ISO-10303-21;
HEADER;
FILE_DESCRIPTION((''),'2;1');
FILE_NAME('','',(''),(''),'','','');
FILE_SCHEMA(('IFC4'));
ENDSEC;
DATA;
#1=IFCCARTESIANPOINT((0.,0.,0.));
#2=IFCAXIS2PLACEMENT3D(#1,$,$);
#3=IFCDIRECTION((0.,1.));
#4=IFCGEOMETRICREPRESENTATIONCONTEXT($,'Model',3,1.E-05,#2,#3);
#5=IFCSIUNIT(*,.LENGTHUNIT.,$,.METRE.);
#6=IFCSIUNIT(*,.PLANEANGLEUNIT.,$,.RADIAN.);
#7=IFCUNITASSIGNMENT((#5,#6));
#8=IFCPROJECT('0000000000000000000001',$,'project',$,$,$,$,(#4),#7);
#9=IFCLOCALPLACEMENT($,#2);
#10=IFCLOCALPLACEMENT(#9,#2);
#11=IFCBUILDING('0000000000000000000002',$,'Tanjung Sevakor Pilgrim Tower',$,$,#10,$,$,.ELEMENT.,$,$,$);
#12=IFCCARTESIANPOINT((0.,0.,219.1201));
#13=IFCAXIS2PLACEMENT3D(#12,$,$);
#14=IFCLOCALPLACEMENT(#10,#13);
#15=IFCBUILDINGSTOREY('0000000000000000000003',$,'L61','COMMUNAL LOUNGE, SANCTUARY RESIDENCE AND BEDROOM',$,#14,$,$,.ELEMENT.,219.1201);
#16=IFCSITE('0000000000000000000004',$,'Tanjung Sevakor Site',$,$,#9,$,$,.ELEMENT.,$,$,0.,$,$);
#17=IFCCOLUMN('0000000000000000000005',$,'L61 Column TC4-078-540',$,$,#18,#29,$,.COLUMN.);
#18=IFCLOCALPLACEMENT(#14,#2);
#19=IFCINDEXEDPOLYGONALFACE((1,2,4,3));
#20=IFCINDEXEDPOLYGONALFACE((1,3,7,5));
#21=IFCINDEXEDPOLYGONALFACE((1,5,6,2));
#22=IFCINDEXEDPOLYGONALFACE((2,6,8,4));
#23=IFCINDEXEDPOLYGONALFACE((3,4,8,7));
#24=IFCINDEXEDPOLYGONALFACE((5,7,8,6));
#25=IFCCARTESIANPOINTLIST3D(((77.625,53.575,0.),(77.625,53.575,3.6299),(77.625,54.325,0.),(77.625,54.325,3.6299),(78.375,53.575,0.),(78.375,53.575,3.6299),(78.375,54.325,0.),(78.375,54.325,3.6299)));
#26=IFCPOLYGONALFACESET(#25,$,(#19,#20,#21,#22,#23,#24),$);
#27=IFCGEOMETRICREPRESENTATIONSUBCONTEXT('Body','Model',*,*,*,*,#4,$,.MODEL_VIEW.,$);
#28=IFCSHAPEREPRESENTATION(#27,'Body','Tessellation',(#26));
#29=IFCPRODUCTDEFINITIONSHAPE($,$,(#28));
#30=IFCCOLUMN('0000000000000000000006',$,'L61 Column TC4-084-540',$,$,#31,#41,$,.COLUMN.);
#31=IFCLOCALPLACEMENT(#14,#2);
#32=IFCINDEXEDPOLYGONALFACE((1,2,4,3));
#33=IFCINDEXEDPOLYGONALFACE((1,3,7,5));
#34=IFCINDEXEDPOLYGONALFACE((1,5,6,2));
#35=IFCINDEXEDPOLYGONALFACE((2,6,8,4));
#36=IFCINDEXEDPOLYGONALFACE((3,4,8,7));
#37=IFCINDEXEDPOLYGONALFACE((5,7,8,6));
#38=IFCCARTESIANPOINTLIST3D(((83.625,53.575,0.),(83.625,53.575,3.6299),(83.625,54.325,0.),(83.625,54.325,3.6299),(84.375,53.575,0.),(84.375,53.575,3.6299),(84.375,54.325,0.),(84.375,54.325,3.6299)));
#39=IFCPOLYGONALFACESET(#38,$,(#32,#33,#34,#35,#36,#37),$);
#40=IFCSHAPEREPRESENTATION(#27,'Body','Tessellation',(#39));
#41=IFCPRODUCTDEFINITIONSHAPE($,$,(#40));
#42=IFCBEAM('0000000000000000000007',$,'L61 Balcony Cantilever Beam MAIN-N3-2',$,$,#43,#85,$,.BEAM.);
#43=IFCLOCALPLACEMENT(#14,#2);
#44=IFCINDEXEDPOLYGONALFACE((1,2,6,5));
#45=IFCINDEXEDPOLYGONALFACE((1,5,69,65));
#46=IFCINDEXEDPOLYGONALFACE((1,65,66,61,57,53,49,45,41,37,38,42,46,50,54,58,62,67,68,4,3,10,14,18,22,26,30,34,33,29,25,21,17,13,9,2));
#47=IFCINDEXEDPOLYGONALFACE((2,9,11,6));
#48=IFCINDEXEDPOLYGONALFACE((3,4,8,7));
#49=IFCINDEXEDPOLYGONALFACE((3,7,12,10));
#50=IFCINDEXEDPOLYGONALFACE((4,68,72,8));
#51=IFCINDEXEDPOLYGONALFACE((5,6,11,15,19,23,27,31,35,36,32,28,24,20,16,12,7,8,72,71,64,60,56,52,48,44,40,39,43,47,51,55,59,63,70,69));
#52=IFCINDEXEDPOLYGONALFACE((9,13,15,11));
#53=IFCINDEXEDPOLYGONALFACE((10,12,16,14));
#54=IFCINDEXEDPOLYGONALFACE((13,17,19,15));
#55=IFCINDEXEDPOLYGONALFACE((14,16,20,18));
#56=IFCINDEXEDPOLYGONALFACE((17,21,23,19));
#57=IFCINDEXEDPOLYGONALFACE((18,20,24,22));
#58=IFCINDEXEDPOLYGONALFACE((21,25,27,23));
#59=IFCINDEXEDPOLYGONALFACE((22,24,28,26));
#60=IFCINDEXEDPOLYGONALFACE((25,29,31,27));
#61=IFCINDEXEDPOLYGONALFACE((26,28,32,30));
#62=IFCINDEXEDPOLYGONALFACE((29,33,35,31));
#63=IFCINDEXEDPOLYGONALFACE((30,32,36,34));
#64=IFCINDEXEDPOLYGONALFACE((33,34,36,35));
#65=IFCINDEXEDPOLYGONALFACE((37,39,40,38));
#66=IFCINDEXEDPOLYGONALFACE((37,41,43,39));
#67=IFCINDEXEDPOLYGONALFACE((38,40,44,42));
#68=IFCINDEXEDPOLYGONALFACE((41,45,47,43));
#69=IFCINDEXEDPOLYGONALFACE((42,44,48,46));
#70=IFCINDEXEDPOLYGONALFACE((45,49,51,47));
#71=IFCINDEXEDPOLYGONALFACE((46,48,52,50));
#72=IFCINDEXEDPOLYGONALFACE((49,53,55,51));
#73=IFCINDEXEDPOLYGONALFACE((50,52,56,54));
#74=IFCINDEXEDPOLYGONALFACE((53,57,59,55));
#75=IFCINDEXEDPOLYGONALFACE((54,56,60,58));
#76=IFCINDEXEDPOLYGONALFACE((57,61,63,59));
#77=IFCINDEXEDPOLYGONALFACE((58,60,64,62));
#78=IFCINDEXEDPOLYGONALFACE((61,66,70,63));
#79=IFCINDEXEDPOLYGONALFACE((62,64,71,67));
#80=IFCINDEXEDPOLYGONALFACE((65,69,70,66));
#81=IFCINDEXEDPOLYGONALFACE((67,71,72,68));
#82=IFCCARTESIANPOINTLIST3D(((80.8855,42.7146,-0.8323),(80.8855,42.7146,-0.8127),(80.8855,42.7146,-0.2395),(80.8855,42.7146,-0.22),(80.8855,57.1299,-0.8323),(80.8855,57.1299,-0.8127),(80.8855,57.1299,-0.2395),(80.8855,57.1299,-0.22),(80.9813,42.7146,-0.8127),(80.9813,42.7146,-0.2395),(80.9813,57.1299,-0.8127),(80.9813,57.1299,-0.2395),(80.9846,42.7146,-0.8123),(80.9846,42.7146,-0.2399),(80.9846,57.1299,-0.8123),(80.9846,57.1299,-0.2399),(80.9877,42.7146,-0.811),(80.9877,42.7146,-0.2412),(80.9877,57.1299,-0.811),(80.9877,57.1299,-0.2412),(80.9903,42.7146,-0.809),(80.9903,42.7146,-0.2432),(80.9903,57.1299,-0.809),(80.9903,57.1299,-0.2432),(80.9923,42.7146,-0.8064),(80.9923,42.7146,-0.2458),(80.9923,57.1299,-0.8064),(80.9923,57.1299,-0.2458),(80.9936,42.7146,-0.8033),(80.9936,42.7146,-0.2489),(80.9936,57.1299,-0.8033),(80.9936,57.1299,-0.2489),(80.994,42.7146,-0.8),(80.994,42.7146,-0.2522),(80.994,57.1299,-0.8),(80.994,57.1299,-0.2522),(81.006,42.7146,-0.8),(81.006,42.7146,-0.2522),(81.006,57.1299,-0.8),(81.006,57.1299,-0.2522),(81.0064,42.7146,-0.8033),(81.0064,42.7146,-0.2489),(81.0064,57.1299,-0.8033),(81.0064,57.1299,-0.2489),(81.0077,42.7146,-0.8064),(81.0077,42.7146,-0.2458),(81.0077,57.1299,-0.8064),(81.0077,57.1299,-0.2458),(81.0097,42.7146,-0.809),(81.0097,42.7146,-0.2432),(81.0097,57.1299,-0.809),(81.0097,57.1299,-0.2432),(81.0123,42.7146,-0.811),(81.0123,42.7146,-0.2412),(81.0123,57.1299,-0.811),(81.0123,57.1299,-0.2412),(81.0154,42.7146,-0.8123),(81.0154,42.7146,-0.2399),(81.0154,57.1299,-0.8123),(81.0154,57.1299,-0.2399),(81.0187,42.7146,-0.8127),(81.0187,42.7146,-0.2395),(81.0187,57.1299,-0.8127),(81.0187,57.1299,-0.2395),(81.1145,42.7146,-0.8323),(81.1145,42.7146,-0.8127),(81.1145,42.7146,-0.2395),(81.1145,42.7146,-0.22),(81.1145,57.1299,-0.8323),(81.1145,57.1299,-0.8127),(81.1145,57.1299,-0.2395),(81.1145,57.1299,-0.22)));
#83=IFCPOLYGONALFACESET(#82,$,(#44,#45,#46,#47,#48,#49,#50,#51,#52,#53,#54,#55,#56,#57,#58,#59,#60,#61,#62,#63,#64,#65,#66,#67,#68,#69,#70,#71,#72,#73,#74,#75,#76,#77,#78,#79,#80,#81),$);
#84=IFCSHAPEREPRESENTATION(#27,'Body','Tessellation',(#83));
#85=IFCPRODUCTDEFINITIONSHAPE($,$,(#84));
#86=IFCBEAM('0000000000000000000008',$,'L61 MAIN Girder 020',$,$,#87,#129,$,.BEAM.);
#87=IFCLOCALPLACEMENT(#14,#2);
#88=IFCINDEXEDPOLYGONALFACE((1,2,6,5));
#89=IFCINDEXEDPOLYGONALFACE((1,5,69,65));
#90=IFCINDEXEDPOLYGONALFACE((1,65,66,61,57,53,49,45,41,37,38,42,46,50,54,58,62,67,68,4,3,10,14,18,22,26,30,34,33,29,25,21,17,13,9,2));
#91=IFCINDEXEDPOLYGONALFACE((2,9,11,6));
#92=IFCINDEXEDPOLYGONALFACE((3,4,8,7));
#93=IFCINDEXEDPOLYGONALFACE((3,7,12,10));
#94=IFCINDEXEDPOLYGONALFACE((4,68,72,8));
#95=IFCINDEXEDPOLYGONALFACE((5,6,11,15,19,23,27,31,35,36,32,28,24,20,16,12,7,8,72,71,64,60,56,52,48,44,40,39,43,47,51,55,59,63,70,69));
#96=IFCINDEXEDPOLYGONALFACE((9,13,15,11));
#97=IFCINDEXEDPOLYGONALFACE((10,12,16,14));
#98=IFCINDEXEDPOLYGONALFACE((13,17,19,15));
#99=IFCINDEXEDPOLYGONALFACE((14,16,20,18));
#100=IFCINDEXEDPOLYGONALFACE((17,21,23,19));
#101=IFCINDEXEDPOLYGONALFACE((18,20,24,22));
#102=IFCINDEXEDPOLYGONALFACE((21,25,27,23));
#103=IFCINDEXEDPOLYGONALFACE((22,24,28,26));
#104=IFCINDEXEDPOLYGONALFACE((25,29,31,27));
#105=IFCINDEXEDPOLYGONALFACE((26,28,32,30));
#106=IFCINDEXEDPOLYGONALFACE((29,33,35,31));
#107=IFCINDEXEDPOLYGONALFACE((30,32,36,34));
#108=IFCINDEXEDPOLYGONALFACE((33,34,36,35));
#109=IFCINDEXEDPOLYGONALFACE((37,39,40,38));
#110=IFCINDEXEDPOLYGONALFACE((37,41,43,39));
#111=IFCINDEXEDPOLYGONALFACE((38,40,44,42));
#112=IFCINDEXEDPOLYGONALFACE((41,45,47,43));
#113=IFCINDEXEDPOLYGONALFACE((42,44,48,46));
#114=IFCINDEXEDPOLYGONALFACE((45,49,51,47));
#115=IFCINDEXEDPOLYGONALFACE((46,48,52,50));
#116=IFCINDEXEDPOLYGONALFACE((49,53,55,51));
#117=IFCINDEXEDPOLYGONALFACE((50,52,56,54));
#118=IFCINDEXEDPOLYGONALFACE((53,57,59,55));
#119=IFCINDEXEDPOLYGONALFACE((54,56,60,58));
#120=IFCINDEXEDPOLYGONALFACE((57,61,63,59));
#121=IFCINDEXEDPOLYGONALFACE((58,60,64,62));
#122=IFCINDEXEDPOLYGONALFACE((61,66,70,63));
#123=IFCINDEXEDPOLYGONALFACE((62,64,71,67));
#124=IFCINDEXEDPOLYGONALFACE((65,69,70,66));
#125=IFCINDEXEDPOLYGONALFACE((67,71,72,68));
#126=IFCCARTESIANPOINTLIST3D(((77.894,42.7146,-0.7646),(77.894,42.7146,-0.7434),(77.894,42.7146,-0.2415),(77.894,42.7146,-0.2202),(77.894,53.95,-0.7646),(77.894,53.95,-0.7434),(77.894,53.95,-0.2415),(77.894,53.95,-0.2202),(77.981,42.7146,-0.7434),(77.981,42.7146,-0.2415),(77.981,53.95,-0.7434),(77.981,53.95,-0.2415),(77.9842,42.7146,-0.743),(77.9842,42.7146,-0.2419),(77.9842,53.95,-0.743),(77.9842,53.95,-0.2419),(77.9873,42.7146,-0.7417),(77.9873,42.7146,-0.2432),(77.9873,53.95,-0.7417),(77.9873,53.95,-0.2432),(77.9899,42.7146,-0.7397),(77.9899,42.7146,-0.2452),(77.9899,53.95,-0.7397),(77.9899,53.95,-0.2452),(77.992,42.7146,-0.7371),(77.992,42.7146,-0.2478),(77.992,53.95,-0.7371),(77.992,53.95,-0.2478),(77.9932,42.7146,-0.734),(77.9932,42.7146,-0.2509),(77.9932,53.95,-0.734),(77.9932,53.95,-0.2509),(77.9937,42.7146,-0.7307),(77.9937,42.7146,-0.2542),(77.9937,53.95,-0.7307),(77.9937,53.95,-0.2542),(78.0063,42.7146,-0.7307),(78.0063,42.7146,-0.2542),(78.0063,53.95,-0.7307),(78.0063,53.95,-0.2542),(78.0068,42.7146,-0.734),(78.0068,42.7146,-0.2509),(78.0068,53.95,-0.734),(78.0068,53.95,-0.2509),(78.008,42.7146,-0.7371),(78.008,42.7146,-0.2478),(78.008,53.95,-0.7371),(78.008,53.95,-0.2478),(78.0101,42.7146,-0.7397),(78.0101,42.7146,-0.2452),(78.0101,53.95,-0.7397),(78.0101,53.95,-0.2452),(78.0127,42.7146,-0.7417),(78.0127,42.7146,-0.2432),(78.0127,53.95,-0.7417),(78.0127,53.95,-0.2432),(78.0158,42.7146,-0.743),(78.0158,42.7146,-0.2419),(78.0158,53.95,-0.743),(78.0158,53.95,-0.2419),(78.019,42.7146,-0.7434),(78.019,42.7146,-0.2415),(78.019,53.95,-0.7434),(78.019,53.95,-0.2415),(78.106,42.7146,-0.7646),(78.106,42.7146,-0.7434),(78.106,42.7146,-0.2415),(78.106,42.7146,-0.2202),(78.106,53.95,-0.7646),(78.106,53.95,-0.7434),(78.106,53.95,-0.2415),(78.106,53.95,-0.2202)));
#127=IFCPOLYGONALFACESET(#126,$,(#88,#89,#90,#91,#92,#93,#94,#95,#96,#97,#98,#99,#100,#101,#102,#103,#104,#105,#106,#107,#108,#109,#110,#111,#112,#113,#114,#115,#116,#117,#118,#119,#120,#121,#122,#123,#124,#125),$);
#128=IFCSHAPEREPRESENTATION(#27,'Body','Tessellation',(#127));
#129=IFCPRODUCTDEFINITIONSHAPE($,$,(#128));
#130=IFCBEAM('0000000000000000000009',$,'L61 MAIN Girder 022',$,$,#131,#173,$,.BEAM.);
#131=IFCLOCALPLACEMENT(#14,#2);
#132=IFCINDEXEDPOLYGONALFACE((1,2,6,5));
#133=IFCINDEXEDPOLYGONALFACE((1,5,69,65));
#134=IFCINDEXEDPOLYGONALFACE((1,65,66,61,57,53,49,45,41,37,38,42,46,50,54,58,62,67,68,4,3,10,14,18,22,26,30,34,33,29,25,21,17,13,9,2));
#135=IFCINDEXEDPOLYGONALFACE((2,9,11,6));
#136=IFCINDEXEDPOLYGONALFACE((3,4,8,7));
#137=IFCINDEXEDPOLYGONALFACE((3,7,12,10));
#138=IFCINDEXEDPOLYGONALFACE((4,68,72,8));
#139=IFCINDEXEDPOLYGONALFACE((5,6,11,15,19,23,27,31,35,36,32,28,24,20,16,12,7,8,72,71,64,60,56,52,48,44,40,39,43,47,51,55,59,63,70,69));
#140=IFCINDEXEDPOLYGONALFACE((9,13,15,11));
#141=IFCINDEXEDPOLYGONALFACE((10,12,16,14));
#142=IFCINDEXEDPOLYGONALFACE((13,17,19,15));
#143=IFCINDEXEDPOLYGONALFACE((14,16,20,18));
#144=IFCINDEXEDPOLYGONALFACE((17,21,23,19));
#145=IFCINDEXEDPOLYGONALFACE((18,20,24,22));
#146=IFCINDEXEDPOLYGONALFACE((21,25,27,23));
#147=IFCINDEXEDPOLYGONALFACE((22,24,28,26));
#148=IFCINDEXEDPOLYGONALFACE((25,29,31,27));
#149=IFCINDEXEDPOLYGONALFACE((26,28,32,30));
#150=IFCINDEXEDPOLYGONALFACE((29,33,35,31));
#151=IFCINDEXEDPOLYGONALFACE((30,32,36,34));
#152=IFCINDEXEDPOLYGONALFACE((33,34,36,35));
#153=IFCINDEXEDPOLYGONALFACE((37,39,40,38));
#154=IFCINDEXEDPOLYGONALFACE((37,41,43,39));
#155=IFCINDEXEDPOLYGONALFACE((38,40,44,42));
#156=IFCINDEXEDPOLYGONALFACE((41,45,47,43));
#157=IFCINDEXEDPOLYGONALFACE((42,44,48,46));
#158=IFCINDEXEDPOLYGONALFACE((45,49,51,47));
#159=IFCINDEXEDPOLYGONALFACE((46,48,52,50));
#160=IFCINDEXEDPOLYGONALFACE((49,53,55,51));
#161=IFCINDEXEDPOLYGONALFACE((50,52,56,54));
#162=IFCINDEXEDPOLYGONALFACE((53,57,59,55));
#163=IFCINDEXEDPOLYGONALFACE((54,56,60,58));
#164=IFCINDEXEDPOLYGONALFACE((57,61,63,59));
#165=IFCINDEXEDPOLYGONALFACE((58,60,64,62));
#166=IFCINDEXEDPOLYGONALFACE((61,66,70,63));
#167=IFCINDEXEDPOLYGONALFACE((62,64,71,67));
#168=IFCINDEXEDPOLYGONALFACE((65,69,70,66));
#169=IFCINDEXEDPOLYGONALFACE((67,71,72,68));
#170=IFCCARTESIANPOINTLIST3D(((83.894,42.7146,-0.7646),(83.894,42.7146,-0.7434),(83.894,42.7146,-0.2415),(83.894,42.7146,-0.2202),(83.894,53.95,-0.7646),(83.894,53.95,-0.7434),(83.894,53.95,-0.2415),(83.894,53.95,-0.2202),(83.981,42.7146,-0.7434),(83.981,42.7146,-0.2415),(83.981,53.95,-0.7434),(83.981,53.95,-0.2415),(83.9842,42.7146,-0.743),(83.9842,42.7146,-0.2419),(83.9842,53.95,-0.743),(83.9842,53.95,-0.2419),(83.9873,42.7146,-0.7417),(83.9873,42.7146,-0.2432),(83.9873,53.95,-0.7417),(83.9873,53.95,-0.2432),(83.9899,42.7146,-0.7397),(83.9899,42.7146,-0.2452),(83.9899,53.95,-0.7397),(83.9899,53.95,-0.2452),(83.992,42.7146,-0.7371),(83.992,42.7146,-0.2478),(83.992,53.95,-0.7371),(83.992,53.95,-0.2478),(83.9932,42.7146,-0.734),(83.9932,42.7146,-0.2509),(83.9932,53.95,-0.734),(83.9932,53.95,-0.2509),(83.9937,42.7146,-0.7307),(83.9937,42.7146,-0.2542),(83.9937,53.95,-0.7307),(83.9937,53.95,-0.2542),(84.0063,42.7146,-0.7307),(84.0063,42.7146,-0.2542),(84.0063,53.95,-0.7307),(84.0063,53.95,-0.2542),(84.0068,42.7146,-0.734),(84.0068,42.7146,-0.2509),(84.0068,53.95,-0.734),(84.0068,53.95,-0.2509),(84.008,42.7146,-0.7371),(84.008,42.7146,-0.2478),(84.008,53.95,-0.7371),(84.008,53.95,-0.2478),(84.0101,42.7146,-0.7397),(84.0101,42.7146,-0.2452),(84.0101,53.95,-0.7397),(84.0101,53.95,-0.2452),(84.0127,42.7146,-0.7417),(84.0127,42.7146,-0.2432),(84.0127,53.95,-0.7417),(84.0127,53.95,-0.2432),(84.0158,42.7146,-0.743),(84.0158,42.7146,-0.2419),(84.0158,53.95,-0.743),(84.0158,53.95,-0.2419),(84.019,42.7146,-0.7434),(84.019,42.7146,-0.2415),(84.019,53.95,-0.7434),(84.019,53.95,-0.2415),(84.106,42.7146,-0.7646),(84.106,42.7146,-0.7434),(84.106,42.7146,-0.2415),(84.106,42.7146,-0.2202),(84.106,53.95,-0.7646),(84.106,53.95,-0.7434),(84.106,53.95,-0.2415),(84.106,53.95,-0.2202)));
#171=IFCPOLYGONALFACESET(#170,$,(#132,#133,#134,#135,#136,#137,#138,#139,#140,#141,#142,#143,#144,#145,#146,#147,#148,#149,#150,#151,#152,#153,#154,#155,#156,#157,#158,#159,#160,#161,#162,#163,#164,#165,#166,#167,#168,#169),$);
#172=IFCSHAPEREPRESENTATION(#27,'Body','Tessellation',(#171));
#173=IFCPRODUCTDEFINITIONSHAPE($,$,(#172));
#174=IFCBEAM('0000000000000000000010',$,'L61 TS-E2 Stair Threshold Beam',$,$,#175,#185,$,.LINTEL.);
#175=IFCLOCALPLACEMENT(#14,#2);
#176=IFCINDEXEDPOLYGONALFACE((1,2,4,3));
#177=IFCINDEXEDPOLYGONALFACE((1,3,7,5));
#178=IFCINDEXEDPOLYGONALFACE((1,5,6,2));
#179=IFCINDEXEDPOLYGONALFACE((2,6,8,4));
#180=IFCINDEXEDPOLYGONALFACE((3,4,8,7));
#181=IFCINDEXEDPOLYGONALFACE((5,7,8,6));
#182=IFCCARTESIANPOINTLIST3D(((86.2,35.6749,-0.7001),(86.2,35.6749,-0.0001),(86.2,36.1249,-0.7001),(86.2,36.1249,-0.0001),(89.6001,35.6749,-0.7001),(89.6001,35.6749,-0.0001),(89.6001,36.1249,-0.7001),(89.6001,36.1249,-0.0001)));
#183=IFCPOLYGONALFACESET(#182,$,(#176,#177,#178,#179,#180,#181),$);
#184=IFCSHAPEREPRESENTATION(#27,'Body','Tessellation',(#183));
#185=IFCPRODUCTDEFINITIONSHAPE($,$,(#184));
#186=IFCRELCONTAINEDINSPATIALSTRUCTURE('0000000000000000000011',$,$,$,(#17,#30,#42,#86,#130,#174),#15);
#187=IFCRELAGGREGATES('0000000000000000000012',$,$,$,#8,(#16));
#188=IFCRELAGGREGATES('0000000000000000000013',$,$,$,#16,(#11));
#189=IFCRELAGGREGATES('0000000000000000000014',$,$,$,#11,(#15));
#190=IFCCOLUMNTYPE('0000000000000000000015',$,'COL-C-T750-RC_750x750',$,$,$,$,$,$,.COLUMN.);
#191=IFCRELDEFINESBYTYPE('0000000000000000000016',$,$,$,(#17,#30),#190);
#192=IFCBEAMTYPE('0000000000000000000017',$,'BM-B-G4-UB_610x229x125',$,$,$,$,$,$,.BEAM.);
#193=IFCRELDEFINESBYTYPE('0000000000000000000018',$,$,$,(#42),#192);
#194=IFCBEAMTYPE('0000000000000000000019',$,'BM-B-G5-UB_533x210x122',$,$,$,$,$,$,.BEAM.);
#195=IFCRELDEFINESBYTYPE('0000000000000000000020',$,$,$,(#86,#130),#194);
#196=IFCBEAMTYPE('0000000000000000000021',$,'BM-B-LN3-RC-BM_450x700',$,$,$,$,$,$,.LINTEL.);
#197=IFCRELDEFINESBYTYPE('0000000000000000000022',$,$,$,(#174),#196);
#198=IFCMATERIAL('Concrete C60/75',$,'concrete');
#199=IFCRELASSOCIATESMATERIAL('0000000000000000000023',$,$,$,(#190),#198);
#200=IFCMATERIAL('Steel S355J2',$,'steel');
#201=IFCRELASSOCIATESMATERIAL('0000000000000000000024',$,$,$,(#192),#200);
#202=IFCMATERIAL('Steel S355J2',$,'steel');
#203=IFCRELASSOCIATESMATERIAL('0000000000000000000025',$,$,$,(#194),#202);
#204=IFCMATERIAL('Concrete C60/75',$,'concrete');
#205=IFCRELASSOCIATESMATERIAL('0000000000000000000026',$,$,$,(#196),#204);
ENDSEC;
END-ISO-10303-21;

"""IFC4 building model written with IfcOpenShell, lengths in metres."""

from ifc_helpers import new_model, si_unit, direction, frame, origin, origin_2d, place, context, subcontext, project, spatial, rectangle, i_section, extrude, material, material_profile, profile_set, type_object, element, save


model = new_model("IFC4")

# Units and contexts
model_context = context("Model", 3, precision=1e-05, world=origin(), true_north=direction((0.0, 1.0)))
body_context = subcontext(model_context, "Body", "Model", "MODEL_VIEW")
ifc_project = project(units=[si_unit("LENGTHUNIT", "METRE"), si_unit("PLANEANGLEUNIT", "RADIAN")], contexts=[model_context])

# Site, building, storey
site_placement = place(None, origin())
site = spatial("IfcSite", under=ifc_project, at=site_placement, Name="Tanjung Sevakor Site", CompositionType="ELEMENT", RefElevation=0.0)
building_placement = place(site_placement, origin())
building = spatial("IfcBuilding", under=site, at=building_placement, Name="Tanjung Sevakor Pilgrim Tower", CompositionType="ELEMENT")
storey_placement = place(building_placement, frame((0.0, 0.0, 219.1201)))
storey = spatial("IfcBuildingStorey", under=building, at=storey_placement, Name="L61", Description="COMMUNAL LOUNGE, SANCTUARY RESIDENCE AND BEDROOM", CompositionType="ELEMENT", Elevation=219.1201)

# Columns
ifc_material_1 = material(Name="Concrete C60/75", Category="concrete")
ifc_material_profile_1 = material_profile(ifc_material_1, rectangle(XDim=0.75, YDim=0.75, at=origin_2d()))
ifc_profile_set_1 = profile_set([ifc_material_profile_1], Name="Concrete C60/75")
column_type = type_object("IfcColumnType", Name="COL-C-T750-RC_750x750", PredefinedType="COLUMN", material=ifc_profile_set_1)
for number, where, z_axis, x_axis, name in (
    (1, (78.0, 53.95, 0.0), (0.0, 0.0, 1.0), (1.0, 0.0, 0.0), "L61 Column TC4-078-540"),
    (2, (84.0, 53.95, 0.0), (0.0, 0.0, 1.0), (1.0, 0.0, 0.0), "L61 Column TC4-084-540"),
):
    element("IfcColumn", number, at=place(storey_placement, frame(where, z_axis=z_axis, x_axis=x_axis)), inside=storey, type_object=column_type, Name=name, PredefinedType="COLUMN", context=body_context, shape_type="SweptSolid", body=[
        extrude(rectangle(XDim=0.75, YDim=0.75, at=origin_2d()), origin(), (0.0, 0.0, 1.0), 3.6299),
    ])

# Beams
ifc_material_2 = material(Name="Steel S355J2", Category="steel")
ifc_material_profile_2 = material_profile(ifc_material_2, i_section(OverallWidth=0.229, OverallDepth=0.6123, WebThickness=0.012, FlangeThickness=0.0195, FilletRadius=0.0127, at=origin_2d()))
ifc_profile_set_2 = profile_set([ifc_material_profile_2], Name="Steel S355J2")
beam_type_1 = type_object("IfcBeamType", Name="BM-B-G4-UB_610x229x125", PredefinedType="BEAM", material=ifc_profile_set_2)
beam_1_placement = place(storey_placement, frame((81.0, 42.7146, -0.5261), z_axis=(0.0, 1.0, 0.0), x_axis=(-1.0, 0.0, 0.0)))
element("IfcBeam", 3, at=beam_1_placement, inside=storey, type_object=beam_type_1, Name="L61 Balcony Cantilever Beam MAIN-N3-2", PredefinedType="BEAM", context=body_context, shape_type="SweptSolid", body=[
    extrude(i_section(OverallWidth=0.229, OverallDepth=0.6123, WebThickness=0.012, FlangeThickness=0.0195, FilletRadius=0.0127, at=origin_2d()), origin(), (0.0, 0.0, 1.0), 14.4153),
])
ifc_material_3 = material(Name="Steel S355J2", Category="steel")
ifc_material_profile_3 = material_profile(ifc_material_3, i_section(OverallWidth=0.2119, OverallDepth=0.5444, WebThickness=0.0127, FlangeThickness=0.0212, FilletRadius=0.0127, at=origin_2d()))
ifc_profile_set_3 = profile_set([ifc_material_profile_3], Name="Steel S355J2")
beam_type_2 = type_object("IfcBeamType", Name="BM-B-G5-UB_533x210x122", PredefinedType="BEAM", material=ifc_profile_set_3)
for number, where, z_axis, x_axis, name in (
    (4, (78.0, 42.7146, -0.4924), (0.0, 1.0, 0.0), (-1.0, 0.0, 0.0), "L61 MAIN Girder 020"),
    (5, (84.0, 42.7146, -0.4924), (0.0, 1.0, 0.0), (-1.0, 0.0, 0.0), "L61 MAIN Girder 022"),
):
    element("IfcBeam", number, at=place(storey_placement, frame(where, z_axis=z_axis, x_axis=x_axis)), inside=storey, type_object=beam_type_2, Name=name, PredefinedType="BEAM", context=body_context, shape_type="SweptSolid", body=[
        extrude(i_section(OverallWidth=0.2119, OverallDepth=0.5444, WebThickness=0.0127, FlangeThickness=0.0212, FilletRadius=0.0127, at=origin_2d()), origin(), (0.0, 0.0, 1.0), 11.2354),
    ])
ifc_material_4 = material(Name="Concrete C60/75", Category="concrete")
ifc_material_profile_4 = material_profile(ifc_material_4, rectangle(XDim=0.45, YDim=0.7, at=origin_2d()))
ifc_profile_set_4 = profile_set([ifc_material_profile_4], Name="Concrete C60/75")
beam_type_3 = type_object("IfcBeamType", Name="BM-B-LN3-RC-BM_450x700", PredefinedType="LINTEL", material=ifc_profile_set_4)
beam_2_placement = place(storey_placement, frame((86.2, 35.8999, -0.3501), z_axis=(1.0, 0.0, 0.0), x_axis=(0.0, 1.0, 0.0)))
element("IfcBeam", 6, at=beam_2_placement, inside=storey, type_object=beam_type_3, Name="L61 TS-E2 Stair Threshold Beam", PredefinedType="LINTEL", context=body_context, shape_type="SweptSolid", body=[
    extrude(rectangle(XDim=0.45, YDim=0.7, at=origin_2d()), origin(), (0.0, 0.0, 1.0), 3.4001),
])

save(model, "model.ifc")
